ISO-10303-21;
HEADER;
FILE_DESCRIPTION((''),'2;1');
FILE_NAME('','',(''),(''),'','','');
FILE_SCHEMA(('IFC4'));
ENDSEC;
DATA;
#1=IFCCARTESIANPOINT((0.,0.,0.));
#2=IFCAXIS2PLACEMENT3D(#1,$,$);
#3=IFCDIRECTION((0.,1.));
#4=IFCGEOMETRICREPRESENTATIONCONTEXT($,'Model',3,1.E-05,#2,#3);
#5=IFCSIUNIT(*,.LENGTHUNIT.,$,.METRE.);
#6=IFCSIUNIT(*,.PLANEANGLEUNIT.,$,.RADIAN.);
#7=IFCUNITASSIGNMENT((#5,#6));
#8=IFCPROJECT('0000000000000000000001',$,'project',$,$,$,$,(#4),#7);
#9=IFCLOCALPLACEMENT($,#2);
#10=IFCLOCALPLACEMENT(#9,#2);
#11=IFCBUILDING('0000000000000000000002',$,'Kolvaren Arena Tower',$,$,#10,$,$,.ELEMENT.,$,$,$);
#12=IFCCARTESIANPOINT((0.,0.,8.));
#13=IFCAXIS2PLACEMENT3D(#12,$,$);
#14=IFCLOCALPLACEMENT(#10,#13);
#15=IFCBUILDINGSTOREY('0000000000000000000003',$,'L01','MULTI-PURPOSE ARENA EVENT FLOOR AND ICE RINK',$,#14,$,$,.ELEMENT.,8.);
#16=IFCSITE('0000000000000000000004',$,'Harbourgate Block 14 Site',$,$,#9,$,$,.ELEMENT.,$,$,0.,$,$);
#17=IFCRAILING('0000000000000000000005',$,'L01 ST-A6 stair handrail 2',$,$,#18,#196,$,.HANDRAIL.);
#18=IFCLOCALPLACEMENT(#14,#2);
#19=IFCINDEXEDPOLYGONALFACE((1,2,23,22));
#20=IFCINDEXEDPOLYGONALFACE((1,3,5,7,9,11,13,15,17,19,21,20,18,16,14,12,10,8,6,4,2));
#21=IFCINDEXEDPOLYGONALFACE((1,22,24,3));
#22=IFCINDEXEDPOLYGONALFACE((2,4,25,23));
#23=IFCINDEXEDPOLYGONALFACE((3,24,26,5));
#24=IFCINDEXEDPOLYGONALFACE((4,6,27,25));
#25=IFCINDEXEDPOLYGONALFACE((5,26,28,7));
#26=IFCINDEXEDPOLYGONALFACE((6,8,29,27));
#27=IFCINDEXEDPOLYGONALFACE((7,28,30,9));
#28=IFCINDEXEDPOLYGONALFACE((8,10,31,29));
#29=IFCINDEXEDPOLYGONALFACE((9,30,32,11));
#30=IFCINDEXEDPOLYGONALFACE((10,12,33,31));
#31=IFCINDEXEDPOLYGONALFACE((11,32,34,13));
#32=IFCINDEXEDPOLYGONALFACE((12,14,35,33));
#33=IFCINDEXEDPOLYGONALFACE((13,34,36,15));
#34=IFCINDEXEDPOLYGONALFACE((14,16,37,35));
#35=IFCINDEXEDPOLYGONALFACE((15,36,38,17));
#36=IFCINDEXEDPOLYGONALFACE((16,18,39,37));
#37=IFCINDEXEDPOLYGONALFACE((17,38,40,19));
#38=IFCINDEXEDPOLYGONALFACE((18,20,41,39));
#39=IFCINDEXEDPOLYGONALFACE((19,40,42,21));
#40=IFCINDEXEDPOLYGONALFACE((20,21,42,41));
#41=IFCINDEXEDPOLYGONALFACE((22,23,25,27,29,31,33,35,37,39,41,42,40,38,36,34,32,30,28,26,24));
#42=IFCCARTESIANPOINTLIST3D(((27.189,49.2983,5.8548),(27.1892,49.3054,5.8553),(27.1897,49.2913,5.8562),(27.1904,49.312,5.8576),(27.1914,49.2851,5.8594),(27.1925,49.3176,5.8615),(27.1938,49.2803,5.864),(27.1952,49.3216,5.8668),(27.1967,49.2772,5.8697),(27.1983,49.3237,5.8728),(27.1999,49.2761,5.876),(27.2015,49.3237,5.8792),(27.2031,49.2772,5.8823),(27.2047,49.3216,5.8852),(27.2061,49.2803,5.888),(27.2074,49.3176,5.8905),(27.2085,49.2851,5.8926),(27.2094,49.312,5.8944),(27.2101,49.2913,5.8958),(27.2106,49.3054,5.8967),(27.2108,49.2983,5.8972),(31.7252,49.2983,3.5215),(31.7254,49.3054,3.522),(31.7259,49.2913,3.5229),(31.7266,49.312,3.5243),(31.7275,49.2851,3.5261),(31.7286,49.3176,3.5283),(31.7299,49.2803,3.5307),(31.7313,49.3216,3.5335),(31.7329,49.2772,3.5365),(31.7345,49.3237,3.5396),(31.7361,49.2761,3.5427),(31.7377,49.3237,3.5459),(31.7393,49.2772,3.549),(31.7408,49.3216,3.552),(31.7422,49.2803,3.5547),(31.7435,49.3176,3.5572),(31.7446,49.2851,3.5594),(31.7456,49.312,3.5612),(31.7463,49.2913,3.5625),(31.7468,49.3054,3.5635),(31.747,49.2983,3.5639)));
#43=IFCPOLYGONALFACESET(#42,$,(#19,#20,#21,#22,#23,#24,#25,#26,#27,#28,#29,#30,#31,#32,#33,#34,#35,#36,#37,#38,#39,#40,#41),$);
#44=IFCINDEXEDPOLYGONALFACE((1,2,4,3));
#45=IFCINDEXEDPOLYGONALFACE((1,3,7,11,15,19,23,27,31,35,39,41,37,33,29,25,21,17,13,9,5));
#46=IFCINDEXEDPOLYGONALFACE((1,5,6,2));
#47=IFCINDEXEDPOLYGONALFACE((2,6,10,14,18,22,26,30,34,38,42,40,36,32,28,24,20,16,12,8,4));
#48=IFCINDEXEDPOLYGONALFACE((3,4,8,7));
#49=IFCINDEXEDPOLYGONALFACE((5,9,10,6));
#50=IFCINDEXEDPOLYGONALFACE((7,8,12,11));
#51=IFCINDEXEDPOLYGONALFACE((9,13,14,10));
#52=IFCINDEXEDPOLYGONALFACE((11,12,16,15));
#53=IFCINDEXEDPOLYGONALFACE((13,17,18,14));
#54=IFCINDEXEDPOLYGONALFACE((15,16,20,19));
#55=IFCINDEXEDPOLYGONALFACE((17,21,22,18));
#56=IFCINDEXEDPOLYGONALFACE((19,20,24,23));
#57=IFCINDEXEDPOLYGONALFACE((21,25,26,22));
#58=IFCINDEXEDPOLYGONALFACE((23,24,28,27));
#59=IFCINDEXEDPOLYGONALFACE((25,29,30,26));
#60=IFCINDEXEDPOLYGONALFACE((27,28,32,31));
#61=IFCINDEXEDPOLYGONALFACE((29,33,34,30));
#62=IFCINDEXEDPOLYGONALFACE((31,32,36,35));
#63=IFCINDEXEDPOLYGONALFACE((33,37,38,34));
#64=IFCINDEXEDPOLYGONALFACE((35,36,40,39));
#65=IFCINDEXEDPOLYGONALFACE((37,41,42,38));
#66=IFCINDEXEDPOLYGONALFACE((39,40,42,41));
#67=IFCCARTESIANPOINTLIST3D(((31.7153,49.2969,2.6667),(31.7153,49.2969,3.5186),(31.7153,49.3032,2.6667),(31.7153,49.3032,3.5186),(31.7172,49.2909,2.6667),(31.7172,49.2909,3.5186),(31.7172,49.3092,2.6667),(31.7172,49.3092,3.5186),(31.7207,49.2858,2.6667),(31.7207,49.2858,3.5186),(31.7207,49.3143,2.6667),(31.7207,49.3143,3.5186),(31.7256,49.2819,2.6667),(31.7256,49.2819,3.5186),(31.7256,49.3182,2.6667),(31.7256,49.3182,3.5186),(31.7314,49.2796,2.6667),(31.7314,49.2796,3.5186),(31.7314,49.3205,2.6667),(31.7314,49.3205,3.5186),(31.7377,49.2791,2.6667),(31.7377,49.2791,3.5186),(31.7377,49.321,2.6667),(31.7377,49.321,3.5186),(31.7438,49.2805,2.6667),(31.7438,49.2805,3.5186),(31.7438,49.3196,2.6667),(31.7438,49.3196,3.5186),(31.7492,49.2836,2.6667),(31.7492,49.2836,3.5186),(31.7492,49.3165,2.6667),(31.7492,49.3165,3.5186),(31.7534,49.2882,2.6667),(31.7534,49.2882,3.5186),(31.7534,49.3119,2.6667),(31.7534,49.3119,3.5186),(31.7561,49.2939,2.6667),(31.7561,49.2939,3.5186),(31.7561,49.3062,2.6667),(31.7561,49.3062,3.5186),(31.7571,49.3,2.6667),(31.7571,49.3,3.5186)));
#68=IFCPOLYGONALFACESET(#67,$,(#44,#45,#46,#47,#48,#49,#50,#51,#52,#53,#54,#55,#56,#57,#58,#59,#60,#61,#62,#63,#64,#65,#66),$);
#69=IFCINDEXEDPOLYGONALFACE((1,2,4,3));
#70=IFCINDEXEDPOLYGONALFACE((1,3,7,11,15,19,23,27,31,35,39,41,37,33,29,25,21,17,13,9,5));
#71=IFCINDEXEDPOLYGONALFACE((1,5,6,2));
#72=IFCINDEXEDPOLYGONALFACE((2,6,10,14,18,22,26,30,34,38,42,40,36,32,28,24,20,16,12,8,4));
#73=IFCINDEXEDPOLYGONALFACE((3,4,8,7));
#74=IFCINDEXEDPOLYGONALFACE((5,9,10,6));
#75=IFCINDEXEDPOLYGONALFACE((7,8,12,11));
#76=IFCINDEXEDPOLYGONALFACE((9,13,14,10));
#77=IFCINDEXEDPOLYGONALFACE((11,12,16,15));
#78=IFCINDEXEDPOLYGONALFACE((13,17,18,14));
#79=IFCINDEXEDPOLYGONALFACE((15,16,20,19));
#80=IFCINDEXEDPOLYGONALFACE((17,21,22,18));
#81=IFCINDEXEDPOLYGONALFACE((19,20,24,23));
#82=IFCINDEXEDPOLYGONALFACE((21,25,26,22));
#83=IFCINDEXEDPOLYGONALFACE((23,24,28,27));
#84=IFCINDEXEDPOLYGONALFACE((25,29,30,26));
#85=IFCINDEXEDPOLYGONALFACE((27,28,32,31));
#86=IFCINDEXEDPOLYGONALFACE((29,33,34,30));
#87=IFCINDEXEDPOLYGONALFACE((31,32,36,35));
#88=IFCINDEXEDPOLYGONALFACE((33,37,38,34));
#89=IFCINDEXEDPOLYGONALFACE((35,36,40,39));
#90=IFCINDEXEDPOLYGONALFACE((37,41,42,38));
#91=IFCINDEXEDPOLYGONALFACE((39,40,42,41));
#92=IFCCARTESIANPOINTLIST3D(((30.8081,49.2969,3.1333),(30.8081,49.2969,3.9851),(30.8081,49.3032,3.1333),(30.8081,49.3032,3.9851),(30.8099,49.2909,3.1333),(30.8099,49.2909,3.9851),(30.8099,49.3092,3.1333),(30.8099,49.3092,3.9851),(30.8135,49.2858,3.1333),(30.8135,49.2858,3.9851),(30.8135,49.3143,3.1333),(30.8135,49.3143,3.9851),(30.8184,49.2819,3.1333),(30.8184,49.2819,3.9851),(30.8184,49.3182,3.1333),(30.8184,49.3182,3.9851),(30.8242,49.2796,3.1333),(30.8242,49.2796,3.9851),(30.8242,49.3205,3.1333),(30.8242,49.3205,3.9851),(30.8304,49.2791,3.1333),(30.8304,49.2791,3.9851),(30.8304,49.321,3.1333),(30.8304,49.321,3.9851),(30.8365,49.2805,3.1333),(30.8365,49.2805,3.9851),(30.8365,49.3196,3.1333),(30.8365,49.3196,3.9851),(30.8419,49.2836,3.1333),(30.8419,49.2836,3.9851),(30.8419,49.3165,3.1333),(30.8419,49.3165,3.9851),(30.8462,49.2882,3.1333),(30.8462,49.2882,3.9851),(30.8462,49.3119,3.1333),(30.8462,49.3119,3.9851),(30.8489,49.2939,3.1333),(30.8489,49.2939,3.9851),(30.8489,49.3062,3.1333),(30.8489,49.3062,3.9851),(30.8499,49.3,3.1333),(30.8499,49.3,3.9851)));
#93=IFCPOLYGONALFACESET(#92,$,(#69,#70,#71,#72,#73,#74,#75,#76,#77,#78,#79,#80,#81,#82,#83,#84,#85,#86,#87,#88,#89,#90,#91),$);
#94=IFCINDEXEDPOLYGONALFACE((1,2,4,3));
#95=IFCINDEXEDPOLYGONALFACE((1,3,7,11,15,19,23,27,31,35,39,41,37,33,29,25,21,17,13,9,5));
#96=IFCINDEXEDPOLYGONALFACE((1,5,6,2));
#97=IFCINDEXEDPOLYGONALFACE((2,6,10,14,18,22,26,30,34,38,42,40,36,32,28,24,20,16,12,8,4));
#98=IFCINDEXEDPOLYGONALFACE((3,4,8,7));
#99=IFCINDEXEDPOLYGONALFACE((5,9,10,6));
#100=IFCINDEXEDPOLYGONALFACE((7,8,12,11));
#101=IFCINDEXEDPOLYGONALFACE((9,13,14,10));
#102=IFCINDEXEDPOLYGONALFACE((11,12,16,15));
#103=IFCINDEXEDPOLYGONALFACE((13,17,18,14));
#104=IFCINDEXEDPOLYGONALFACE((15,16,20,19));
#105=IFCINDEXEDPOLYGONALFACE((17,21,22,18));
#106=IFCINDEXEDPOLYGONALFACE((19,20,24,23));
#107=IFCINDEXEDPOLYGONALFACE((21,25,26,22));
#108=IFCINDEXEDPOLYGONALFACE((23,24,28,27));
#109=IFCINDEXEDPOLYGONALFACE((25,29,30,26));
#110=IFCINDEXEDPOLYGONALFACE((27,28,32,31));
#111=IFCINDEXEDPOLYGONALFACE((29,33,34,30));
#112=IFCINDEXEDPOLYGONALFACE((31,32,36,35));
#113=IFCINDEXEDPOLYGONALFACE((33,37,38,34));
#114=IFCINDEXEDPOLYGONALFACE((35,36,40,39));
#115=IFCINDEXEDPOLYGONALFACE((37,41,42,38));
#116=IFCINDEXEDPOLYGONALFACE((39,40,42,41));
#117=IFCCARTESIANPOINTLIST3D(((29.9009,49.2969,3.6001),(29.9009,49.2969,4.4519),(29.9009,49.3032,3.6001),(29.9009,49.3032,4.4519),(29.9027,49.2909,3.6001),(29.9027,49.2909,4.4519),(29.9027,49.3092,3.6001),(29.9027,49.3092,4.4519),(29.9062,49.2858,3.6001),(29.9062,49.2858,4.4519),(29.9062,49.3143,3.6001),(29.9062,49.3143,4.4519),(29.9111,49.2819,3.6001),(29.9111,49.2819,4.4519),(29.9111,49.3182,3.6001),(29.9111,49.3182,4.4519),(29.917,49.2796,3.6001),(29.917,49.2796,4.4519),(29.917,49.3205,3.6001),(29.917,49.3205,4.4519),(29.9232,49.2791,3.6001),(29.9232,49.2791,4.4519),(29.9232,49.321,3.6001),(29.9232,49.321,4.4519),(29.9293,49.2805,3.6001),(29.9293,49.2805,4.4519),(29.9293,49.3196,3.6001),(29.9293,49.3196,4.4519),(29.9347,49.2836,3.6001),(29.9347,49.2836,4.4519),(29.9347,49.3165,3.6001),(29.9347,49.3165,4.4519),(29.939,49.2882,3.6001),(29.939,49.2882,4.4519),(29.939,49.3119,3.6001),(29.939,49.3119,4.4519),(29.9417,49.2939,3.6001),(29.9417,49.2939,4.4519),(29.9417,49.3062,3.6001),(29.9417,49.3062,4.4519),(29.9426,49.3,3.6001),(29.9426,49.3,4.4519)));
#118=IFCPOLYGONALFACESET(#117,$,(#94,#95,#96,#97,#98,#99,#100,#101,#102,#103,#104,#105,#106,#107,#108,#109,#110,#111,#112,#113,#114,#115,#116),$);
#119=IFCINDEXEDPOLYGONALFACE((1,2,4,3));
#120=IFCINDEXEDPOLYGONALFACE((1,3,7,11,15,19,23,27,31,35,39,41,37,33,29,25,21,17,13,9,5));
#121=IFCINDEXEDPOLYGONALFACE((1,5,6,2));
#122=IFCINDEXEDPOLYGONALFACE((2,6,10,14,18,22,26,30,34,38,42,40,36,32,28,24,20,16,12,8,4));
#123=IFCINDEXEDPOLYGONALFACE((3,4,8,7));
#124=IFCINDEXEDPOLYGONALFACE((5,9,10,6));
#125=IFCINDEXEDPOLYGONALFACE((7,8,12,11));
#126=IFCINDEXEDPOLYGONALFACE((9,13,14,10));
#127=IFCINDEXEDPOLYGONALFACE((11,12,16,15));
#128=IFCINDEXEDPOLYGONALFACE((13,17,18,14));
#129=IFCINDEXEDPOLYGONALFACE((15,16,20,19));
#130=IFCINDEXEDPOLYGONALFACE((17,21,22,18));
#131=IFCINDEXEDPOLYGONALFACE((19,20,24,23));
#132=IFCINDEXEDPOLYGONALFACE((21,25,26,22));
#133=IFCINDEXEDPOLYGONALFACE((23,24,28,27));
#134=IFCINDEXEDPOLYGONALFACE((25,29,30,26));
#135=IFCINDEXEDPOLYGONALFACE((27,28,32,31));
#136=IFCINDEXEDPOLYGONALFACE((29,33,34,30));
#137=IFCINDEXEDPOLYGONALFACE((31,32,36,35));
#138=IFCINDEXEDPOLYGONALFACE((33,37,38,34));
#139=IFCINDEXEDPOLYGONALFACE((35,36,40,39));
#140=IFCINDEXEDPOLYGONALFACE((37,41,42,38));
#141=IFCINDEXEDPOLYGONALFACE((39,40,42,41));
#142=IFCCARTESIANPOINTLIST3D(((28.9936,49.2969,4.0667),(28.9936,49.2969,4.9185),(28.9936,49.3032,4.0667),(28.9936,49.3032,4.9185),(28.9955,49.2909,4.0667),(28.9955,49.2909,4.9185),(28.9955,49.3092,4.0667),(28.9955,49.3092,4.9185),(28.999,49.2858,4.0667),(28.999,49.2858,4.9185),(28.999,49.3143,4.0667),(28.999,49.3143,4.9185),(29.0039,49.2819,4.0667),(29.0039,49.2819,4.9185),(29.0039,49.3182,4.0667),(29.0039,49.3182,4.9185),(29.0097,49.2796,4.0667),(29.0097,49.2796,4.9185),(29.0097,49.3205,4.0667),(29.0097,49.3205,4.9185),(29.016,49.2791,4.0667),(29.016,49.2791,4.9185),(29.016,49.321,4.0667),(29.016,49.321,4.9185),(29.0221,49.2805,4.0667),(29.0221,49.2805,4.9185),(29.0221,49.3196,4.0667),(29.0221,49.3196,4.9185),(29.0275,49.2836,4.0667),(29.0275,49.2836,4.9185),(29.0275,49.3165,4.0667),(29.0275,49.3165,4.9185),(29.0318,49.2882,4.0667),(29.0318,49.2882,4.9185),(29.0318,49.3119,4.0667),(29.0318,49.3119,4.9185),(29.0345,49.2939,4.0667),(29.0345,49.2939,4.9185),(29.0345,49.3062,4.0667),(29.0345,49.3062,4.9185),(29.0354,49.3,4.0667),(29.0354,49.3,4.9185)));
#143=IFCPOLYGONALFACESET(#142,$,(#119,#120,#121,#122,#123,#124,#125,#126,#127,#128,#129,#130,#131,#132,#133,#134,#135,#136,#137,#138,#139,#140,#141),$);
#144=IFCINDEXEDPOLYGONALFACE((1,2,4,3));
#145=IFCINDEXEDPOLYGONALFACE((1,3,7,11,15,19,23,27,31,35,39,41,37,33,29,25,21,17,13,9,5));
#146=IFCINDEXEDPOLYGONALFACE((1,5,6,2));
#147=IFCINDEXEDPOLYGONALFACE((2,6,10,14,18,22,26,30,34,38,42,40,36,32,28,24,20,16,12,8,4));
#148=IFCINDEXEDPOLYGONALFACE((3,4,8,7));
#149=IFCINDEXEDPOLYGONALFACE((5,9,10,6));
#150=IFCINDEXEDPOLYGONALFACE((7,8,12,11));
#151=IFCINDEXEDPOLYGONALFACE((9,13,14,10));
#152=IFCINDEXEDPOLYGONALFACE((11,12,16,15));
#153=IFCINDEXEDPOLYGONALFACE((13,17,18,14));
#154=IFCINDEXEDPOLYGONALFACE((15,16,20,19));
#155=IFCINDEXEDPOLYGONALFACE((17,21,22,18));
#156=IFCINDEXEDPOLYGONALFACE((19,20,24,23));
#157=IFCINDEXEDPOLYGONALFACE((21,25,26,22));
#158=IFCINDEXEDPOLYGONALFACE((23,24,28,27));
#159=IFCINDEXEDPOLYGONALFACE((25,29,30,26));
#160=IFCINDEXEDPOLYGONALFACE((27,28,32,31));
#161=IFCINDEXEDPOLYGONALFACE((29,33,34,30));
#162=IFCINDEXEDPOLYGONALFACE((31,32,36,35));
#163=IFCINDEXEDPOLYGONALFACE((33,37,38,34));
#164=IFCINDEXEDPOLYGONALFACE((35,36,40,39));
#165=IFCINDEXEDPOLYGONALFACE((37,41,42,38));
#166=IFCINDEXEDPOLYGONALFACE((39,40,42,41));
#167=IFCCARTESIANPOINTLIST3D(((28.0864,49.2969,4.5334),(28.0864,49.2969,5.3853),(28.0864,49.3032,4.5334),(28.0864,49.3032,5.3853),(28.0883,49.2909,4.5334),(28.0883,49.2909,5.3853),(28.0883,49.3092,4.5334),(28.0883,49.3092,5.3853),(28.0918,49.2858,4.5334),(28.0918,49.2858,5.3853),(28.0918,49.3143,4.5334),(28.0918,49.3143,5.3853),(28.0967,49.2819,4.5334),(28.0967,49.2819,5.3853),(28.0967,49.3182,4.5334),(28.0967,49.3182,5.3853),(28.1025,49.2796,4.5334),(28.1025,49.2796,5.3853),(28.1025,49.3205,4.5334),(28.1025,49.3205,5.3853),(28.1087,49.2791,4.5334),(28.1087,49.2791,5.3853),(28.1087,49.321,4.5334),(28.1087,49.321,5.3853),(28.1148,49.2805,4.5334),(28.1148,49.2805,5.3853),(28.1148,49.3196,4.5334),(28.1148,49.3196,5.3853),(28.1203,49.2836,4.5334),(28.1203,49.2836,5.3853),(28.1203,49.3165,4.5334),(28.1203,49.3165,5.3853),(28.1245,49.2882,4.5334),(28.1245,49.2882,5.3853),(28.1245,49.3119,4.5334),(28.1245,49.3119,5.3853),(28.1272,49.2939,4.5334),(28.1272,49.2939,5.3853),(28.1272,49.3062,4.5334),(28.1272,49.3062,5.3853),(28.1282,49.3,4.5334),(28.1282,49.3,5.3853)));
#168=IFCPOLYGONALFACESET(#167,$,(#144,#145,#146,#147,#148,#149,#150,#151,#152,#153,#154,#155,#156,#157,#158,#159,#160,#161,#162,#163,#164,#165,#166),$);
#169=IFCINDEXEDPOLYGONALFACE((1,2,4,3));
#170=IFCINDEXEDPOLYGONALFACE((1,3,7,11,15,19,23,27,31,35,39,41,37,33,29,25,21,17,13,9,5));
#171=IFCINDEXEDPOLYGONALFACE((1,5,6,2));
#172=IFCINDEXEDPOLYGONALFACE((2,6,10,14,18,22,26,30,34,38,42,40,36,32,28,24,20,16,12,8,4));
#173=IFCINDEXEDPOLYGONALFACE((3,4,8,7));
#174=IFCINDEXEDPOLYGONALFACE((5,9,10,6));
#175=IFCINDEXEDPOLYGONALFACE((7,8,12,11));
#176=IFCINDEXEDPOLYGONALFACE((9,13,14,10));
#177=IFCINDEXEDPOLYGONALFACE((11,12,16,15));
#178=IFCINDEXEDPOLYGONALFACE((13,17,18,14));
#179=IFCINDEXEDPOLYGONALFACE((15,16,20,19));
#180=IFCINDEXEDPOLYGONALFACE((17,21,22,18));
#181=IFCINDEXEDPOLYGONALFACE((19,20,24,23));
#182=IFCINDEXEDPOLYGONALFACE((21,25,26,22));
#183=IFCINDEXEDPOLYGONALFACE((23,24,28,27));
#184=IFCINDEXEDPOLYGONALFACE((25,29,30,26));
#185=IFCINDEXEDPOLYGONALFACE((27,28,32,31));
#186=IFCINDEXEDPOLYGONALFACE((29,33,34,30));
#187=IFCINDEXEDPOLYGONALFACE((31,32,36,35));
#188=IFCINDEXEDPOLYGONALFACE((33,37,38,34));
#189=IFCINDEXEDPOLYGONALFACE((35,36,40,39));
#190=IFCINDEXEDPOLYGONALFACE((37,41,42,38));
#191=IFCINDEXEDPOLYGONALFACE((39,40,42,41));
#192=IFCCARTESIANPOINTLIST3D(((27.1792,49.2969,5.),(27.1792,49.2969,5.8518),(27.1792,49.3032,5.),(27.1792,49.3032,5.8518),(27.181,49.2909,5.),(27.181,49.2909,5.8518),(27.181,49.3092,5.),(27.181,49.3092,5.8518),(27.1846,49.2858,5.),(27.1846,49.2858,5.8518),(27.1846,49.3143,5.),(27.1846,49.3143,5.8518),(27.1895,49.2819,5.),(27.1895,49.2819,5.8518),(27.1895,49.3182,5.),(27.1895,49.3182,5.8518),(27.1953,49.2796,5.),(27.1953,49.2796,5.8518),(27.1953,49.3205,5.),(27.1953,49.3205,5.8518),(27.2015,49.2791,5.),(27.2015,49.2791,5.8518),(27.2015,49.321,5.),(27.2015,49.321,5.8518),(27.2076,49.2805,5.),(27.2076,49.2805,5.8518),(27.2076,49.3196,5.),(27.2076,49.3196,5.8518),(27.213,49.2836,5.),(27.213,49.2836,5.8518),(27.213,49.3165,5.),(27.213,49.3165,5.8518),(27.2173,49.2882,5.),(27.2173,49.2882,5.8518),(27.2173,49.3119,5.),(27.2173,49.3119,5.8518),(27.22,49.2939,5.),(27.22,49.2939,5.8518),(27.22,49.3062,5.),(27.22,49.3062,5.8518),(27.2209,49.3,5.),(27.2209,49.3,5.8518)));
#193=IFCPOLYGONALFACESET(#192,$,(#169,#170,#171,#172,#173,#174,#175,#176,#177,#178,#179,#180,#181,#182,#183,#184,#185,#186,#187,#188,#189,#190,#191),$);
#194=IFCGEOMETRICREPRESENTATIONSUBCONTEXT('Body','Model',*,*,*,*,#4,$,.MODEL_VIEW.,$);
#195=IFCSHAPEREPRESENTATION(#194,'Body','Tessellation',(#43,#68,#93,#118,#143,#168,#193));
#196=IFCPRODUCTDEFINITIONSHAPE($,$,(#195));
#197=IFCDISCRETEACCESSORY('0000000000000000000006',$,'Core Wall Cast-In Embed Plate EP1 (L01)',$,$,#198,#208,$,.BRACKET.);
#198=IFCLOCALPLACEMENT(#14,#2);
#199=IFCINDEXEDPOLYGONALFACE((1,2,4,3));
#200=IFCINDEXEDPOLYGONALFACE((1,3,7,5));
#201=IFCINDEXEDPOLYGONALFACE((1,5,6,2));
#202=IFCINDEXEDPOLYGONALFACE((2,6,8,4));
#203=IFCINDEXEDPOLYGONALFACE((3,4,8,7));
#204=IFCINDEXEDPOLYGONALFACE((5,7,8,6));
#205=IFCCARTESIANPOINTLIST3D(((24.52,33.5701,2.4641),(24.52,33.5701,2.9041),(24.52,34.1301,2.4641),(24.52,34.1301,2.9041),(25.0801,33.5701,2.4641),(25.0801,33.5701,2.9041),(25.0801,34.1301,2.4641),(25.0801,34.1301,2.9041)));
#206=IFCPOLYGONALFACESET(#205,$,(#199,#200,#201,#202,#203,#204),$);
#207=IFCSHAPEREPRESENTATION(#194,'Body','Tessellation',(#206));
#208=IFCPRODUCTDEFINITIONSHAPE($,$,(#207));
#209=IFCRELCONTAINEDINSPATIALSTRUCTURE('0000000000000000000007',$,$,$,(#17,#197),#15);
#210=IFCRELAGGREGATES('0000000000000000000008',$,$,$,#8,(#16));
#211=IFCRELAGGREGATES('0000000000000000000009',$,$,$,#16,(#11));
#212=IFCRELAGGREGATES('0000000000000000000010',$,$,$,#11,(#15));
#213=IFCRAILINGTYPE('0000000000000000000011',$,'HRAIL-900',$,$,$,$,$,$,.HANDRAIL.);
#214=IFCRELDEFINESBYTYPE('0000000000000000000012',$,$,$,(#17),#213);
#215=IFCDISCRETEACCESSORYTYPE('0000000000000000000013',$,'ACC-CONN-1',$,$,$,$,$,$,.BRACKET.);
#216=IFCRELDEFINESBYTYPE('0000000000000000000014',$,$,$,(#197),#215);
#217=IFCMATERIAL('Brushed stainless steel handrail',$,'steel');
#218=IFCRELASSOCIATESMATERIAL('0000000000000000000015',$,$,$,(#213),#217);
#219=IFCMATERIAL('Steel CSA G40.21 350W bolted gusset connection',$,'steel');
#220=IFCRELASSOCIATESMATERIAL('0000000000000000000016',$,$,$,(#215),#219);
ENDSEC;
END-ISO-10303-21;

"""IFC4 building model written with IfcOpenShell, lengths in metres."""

from ifc_helpers import new_model, si_unit, direction, frame, origin, origin_2d, place, context, subcontext, project, spatial, rectangle, circle, extrude, material, type_object, element, save


model = new_model("IFC4")

# Units and contexts
model_context = context("Model", 3, precision=1e-05, world=origin(), true_north=direction((0.0, 1.0)))
body_context = subcontext(model_context, "Body", "Model", "MODEL_VIEW")
ifc_project = project(units=[si_unit("LENGTHUNIT", "METRE"), si_unit("PLANEANGLEUNIT", "RADIAN")], contexts=[model_context])

# Site, building, storey
site_placement = place(None, origin())
site = spatial("IfcSite", under=ifc_project, at=site_placement, Name="Harbourgate Block 14 Site", CompositionType="ELEMENT", RefElevation=0.0)
building_placement = place(site_placement, origin())
building = spatial("IfcBuilding", under=site, at=building_placement, Name="Kolvaren Arena Tower", CompositionType="ELEMENT")
storey_placement = place(building_placement, frame((0.0, 0.0, 8.0)))
storey = spatial("IfcBuildingStorey", under=building, at=storey_placement, Name="L01", Description="MULTI-PURPOSE ARENA EVENT FLOOR AND ICE RINK", CompositionType="ELEMENT", Elevation=8.0)

# Railing
ifc_material_1 = material(Name="Brushed stainless steel handrail", Category="steel")
railing_type_1 = type_object("IfcRailingType", Name="HRAIL-900", PredefinedType="HANDRAIL", material=ifc_material_1)
railing_1_placement = place(storey_placement, frame((31.7361, 49.3, 2.6667)))
element("IfcRailing", 1, at=railing_1_placement, inside=storey, type_object=railing_type_1, Name="L01 ST-A6 stair handrail 2", PredefinedType="HANDRAIL", context=body_context, shape_type="SweptSolid", body=[
    extrude(circle(Radius=0.0239, at=origin_2d()), frame((0.0, 0.0, 0.876), z_axis=(-0.889257, 0.0, 0.457407), x_axis=(0.0, -1.0, 0.0)), (0.0, 0.0, 1.0), 5.1011),
    extrude(circle(Radius=0.021, at=origin_2d()), origin(), (0.0, 0.0, 1.0), 0.8518),
    extrude(circle(Radius=0.021, at=origin_2d()), frame((-0.9072, 0.0, 0.4666)), (0.0, 0.0, 1.0), 0.8518),
    extrude(circle(Radius=0.021, at=origin_2d()), frame((-1.8145, 0.0, 0.9333)), (0.0, 0.0, 1.0), 0.8518),
    extrude(circle(Radius=0.021, at=origin_2d()), frame((-2.7217, 0.0, 1.3999)), (0.0, 0.0, 1.0), 0.8518),
    extrude(circle(Radius=0.021, at=origin_2d()), frame((-3.6289, 0.0, 1.8667)), (0.0, 0.0, 1.0), 0.8518),
    extrude(circle(Radius=0.021, at=origin_2d()), frame((-4.5361, 0.0, 2.3333)), (0.0, 0.0, 1.0), 0.8518),
])

# Discrete accessory
ifc_material_2 = material(Name="Steel CSA G40.21 350W bolted gusset connection", Category="steel")
discrete_accessory_type = type_object("IfcDiscreteAccessoryType", Name="ACC-CONN-1", PredefinedType="BRACKET", material=ifc_material_2)
discrete_accessory_placement = place(storey_placement, frame((24.8, 33.8501, 2.4641), z_axis=(0.0, 0.0, 1.0), x_axis=(1.0, 0.0, 0.0)))
element("IfcDiscreteAccessory", 2, at=discrete_accessory_placement, inside=storey, type_object=discrete_accessory_type, Name="Core Wall Cast-In Embed Plate EP1 (L01)", PredefinedType="BRACKET", context=body_context, shape_type="SweptSolid", body=[
    extrude(rectangle(XDim=0.5601, YDim=0.5601, at=origin_2d()), origin(), (0.0, 0.0, 1.0), 0.4399),
])

save(model, "model.ifc")
